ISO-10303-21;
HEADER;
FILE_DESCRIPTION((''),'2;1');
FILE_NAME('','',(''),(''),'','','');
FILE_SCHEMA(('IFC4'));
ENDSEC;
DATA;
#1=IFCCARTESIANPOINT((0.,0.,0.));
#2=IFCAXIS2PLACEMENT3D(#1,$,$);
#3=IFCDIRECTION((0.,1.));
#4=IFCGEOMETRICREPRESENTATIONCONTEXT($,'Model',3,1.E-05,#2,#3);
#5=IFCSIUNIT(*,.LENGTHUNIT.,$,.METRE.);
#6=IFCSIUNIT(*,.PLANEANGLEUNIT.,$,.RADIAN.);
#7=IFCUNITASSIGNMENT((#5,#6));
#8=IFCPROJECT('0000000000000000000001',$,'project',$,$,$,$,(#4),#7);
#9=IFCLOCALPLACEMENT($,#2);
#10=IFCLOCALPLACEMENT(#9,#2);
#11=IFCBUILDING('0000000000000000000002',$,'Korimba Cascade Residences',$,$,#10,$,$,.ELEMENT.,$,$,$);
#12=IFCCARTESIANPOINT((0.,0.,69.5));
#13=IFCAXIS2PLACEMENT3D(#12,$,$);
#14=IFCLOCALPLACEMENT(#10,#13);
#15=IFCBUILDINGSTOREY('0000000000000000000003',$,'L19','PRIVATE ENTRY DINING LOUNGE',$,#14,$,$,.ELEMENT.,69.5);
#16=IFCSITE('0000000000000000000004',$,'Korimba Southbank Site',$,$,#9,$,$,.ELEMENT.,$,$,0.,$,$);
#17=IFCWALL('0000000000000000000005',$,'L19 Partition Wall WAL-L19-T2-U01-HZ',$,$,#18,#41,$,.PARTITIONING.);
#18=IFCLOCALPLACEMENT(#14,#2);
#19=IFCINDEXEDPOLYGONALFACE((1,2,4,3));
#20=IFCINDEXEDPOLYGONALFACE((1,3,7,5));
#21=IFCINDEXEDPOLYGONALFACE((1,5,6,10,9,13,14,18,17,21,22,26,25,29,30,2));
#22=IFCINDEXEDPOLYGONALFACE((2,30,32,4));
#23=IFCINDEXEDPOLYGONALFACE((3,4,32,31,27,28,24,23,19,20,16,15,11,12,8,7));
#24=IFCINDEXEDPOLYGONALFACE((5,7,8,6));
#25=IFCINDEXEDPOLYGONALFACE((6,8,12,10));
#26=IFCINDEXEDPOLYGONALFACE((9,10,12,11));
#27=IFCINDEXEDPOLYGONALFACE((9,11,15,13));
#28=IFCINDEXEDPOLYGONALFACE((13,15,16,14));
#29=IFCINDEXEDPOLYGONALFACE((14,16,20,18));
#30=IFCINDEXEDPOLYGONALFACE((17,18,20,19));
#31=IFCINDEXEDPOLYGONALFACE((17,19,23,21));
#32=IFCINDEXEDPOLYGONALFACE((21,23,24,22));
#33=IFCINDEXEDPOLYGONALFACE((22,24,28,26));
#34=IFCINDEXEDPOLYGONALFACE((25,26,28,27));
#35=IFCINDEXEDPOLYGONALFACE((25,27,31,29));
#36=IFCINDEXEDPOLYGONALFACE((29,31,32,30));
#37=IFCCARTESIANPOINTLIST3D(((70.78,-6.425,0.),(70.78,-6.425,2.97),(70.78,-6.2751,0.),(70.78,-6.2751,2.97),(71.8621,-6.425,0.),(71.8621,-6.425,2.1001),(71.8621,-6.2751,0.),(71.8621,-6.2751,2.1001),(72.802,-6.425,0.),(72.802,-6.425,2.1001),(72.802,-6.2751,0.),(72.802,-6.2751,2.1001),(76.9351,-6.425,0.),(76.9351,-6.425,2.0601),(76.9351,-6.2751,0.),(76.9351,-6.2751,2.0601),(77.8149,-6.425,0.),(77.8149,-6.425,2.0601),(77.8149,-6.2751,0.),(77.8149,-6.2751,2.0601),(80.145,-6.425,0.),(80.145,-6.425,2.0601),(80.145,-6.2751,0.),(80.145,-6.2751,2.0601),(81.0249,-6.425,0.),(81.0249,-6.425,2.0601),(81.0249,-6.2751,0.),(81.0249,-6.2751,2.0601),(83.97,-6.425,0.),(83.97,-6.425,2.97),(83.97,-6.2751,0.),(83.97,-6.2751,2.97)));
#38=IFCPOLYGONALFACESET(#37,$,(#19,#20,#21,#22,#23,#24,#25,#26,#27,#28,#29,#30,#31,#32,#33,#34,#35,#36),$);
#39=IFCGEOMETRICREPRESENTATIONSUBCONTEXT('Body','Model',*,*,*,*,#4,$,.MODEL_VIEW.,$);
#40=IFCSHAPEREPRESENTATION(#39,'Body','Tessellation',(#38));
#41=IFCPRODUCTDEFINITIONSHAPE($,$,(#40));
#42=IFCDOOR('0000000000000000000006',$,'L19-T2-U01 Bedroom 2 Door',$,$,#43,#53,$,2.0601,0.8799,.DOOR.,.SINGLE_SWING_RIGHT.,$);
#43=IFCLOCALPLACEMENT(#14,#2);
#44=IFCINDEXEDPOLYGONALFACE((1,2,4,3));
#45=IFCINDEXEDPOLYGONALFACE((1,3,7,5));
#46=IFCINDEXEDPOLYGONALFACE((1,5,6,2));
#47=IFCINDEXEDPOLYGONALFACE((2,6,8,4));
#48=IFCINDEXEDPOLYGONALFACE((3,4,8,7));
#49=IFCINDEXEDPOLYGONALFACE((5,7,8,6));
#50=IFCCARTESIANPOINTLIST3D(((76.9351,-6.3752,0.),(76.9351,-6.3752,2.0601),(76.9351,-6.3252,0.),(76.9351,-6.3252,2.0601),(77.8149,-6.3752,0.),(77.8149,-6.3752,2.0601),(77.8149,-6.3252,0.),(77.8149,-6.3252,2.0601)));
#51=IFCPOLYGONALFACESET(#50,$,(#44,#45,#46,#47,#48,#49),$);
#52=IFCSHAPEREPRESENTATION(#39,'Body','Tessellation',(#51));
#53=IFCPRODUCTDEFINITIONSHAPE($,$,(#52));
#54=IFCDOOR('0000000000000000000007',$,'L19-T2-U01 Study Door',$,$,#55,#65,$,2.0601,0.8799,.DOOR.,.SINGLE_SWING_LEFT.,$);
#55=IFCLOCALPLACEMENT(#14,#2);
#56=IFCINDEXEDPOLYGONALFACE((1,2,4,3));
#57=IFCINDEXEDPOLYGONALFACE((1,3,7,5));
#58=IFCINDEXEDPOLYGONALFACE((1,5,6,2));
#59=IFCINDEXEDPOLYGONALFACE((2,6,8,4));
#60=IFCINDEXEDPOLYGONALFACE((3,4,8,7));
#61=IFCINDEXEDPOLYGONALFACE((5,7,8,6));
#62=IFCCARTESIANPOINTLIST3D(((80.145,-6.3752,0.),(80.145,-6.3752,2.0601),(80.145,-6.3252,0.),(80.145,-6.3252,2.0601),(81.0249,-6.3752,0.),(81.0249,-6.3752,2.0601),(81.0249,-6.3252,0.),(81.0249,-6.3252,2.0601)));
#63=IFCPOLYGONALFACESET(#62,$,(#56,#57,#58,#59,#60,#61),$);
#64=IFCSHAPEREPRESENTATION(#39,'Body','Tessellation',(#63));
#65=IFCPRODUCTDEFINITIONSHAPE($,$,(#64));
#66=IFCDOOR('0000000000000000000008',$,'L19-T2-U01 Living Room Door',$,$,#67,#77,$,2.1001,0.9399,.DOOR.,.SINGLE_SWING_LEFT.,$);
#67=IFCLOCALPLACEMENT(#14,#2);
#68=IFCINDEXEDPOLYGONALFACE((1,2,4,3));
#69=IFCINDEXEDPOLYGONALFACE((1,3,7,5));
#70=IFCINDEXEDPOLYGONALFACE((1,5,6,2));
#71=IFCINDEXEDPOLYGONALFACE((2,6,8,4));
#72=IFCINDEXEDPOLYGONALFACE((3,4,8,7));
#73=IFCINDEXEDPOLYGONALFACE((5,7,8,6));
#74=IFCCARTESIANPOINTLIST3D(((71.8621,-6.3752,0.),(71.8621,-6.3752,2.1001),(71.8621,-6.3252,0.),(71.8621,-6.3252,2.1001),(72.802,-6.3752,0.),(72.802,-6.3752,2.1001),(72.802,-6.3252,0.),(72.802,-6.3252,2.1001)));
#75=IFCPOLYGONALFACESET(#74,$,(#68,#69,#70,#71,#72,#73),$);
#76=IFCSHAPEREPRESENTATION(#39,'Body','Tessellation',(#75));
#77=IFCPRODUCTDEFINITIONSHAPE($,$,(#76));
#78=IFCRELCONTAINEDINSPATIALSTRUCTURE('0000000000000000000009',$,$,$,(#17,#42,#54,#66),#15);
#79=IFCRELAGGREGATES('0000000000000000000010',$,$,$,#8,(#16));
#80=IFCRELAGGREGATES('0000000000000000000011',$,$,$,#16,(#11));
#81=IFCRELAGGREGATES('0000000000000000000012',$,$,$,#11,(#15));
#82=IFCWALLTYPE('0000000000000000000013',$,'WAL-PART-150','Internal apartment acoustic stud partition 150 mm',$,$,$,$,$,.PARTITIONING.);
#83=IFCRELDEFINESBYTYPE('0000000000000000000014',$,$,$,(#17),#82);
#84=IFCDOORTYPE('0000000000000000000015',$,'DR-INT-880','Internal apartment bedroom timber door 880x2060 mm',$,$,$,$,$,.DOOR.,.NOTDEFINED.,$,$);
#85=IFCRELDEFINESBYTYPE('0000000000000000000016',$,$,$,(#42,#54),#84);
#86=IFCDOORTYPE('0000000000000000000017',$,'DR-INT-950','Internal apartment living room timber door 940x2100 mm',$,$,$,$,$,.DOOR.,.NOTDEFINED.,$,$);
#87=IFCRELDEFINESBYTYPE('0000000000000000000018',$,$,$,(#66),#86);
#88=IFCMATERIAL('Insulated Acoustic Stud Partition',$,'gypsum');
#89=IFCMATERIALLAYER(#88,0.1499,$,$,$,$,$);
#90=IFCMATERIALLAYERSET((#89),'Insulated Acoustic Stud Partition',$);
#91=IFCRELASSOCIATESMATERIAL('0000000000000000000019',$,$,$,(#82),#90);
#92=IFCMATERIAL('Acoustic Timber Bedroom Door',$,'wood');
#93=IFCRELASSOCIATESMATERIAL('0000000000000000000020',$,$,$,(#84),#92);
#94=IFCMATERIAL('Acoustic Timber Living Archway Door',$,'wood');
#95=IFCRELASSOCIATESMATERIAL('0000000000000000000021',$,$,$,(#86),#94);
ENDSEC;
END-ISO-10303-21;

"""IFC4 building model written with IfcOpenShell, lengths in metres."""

from ifc_helpers import new_model, si_unit, direction, frame, frame_2d, origin, place, context, subcontext, project, spatial, rectangle, extrude, material, layer, layer_set, type_object, element, fill, save


model = new_model("IFC4")

# Units and contexts
model_context = context("Model", 3, precision=1e-05, world=origin(), true_north=direction((0.0, 1.0)))
body_context = subcontext(model_context, "Body", "Model", "MODEL_VIEW")
ifc_project = project(units=[si_unit("LENGTHUNIT", "METRE"), si_unit("PLANEANGLEUNIT", "RADIAN")], contexts=[model_context])

# Site, building, storey
site_placement = place(None, origin())
site = spatial("IfcSite", under=ifc_project, at=site_placement, Name="Korimba Southbank Site", CompositionType="ELEMENT", RefElevation=0.0)
building_placement = place(site_placement, origin())
building = spatial("IfcBuilding", under=site, at=building_placement, Name="Korimba Cascade Residences", CompositionType="ELEMENT")
storey_placement = place(building_placement, frame((0.0, 0.0, 69.5)))
storey = spatial("IfcBuildingStorey", under=building, at=storey_placement, Name="L19", Description="PRIVATE ENTRY DINING LOUNGE", CompositionType="ELEMENT", Elevation=69.5)

# Wall, openings, doors
ifc_material_1 = material(Name="Insulated Acoustic Stud Partition", Category="gypsum")
ifc_layer_1 = layer(ifc_material_1, 0.1499)
ifc_layer_set_1 = layer_set([ifc_layer_1], Name="Insulated Acoustic Stud Partition")
wall_type_1 = type_object("IfcWallType", Name="WAL-PART-150", Description="Internal apartment acoustic stud partition 150 mm", PredefinedType="PARTITIONING", material=ifc_layer_set_1)
wall_1_placement = place(storey_placement, frame((70.78, -6.3501, 0.0), z_axis=(0.0, 0.0, 1.0), x_axis=(1.0, 0.0, 0.0)))
wall_1 = element("IfcWall", 1, at=wall_1_placement, inside=storey, type_object=wall_type_1, Name="L19 Partition Wall WAL-L19-T2-U01-HZ", PredefinedType="PARTITIONING", context=body_context, shape_type="SweptSolid", body=[
    extrude(rectangle(XDim=13.1899, YDim=0.1499, at=frame_2d((6.595, 0.0))), origin(), (0.0, 0.0, 1.0), 2.97),
])
opening_1_placement = place(wall_1_placement, frame((1.082, 0.0, 0.0)))
opening_1 = element("IfcOpeningElement", 2, at=opening_1_placement, cuts=wall_1, PredefinedType="OPENING", context=body_context, shape_type="SweptSolid", body=[
    extrude(rectangle(XDim=0.9399, YDim=2.1001, at=frame_2d((0.47, 1.05))), frame((0.0, 0.085, 0.0), z_axis=(0.0, -1.0, 0.0), x_axis=(1.0, 0.0, 0.0)), (0.0, 0.0, 1.0), 0.1699),
])
opening_2_placement = place(wall_1_placement, frame((6.155, 0.0, 0.0)))
opening_2 = element("IfcOpeningElement", 3, at=opening_2_placement, cuts=wall_1, PredefinedType="OPENING", context=body_context, shape_type="SweptSolid", body=[
    extrude(rectangle(XDim=0.8799, YDim=2.0601, at=frame_2d((0.4399, 1.03))), frame((0.0, 0.085, 0.0), z_axis=(0.0, -1.0, 0.0), x_axis=(1.0, 0.0, 0.0)), (0.0, 0.0, 1.0), 0.1699),
])
opening_3_placement = place(wall_1_placement, frame((9.365, 0.0, 0.0)))
opening_3 = element("IfcOpeningElement", 4, at=opening_3_placement, cuts=wall_1, PredefinedType="OPENING", context=body_context, shape_type="SweptSolid", body=[
    extrude(rectangle(XDim=0.8799, YDim=2.0601, at=frame_2d((0.4399, 1.03))), frame((0.0, 0.085, 0.0), z_axis=(0.0, -1.0, 0.0), x_axis=(1.0, 0.0, 0.0)), (0.0, 0.0, 1.0), 0.1699),
])
ifc_material_2 = material(Name="Acoustic Timber Bedroom Door", Category="wood")
door_type_1 = type_object("IfcDoorType", Name="DR-INT-880", Description="Internal apartment bedroom timber door 880x2060 mm", OperationType="NOTDEFINED", PredefinedType="DOOR", material=ifc_material_2)
door_1_placement = place(opening_2_placement, origin())
door_1 = element("IfcDoor", 5, at=door_1_placement, inside=storey, type_object=door_type_1, Name="L19-T2-U01 Bedroom 2 Door", OperationType="SINGLE_SWING_RIGHT", OverallHeight=2.0601, OverallWidth=0.8799, PredefinedType="DOOR", context=body_context, shape_type="SweptSolid", body=[
    extrude(rectangle(XDim=0.8799, YDim=2.0601, at=frame_2d((0.4399, 1.03))), frame((0.0, 0.0249, 0.0), z_axis=(0.0, -1.0, 0.0), x_axis=(1.0, 0.0, 0.0)), (0.0, 0.0, 1.0), 0.05),
])
fill(opening_2, door_1)
door_2_placement = place(opening_3_placement, origin())
door_2 = element("IfcDoor", 6, at=door_2_placement, inside=storey, type_object=door_type_1, Name="L19-T2-U01 Study Door", OperationType="SINGLE_SWING_LEFT", OverallHeight=2.0601, OverallWidth=0.8799, PredefinedType="DOOR", context=body_context, shape_type="SweptSolid", body=[
    extrude(rectangle(XDim=0.8799, YDim=2.0601, at=frame_2d((0.4399, 1.03))), frame((0.0, 0.0249, 0.0), z_axis=(0.0, -1.0, 0.0), x_axis=(1.0, 0.0, 0.0)), (0.0, 0.0, 1.0), 0.05),
])
fill(opening_3, door_2)
ifc_material_3 = material(Name="Acoustic Timber Living Archway Door", Category="wood")
door_type_2 = type_object("IfcDoorType", Name="DR-INT-950", Description="Internal apartment living room timber door 940x2100 mm", OperationType="NOTDEFINED", PredefinedType="DOOR", material=ifc_material_3)
door_3_placement = place(opening_1_placement, origin())
door_3 = element("IfcDoor", 7, at=door_3_placement, inside=storey, type_object=door_type_2, Name="L19-T2-U01 Living Room Door", OperationType="SINGLE_SWING_LEFT", OverallHeight=2.1001, OverallWidth=0.9399, PredefinedType="DOOR", context=body_context, shape_type="SweptSolid", body=[
    extrude(rectangle(XDim=0.9399, YDim=2.1001, at=frame_2d((0.47, 1.05))), frame((0.0, 0.0249, 0.0), z_axis=(0.0, -1.0, 0.0), x_axis=(1.0, 0.0, 0.0)), (0.0, 0.0, 1.0), 0.05),
])
fill(opening_1, door_3)

save(model, "model.ifc")
